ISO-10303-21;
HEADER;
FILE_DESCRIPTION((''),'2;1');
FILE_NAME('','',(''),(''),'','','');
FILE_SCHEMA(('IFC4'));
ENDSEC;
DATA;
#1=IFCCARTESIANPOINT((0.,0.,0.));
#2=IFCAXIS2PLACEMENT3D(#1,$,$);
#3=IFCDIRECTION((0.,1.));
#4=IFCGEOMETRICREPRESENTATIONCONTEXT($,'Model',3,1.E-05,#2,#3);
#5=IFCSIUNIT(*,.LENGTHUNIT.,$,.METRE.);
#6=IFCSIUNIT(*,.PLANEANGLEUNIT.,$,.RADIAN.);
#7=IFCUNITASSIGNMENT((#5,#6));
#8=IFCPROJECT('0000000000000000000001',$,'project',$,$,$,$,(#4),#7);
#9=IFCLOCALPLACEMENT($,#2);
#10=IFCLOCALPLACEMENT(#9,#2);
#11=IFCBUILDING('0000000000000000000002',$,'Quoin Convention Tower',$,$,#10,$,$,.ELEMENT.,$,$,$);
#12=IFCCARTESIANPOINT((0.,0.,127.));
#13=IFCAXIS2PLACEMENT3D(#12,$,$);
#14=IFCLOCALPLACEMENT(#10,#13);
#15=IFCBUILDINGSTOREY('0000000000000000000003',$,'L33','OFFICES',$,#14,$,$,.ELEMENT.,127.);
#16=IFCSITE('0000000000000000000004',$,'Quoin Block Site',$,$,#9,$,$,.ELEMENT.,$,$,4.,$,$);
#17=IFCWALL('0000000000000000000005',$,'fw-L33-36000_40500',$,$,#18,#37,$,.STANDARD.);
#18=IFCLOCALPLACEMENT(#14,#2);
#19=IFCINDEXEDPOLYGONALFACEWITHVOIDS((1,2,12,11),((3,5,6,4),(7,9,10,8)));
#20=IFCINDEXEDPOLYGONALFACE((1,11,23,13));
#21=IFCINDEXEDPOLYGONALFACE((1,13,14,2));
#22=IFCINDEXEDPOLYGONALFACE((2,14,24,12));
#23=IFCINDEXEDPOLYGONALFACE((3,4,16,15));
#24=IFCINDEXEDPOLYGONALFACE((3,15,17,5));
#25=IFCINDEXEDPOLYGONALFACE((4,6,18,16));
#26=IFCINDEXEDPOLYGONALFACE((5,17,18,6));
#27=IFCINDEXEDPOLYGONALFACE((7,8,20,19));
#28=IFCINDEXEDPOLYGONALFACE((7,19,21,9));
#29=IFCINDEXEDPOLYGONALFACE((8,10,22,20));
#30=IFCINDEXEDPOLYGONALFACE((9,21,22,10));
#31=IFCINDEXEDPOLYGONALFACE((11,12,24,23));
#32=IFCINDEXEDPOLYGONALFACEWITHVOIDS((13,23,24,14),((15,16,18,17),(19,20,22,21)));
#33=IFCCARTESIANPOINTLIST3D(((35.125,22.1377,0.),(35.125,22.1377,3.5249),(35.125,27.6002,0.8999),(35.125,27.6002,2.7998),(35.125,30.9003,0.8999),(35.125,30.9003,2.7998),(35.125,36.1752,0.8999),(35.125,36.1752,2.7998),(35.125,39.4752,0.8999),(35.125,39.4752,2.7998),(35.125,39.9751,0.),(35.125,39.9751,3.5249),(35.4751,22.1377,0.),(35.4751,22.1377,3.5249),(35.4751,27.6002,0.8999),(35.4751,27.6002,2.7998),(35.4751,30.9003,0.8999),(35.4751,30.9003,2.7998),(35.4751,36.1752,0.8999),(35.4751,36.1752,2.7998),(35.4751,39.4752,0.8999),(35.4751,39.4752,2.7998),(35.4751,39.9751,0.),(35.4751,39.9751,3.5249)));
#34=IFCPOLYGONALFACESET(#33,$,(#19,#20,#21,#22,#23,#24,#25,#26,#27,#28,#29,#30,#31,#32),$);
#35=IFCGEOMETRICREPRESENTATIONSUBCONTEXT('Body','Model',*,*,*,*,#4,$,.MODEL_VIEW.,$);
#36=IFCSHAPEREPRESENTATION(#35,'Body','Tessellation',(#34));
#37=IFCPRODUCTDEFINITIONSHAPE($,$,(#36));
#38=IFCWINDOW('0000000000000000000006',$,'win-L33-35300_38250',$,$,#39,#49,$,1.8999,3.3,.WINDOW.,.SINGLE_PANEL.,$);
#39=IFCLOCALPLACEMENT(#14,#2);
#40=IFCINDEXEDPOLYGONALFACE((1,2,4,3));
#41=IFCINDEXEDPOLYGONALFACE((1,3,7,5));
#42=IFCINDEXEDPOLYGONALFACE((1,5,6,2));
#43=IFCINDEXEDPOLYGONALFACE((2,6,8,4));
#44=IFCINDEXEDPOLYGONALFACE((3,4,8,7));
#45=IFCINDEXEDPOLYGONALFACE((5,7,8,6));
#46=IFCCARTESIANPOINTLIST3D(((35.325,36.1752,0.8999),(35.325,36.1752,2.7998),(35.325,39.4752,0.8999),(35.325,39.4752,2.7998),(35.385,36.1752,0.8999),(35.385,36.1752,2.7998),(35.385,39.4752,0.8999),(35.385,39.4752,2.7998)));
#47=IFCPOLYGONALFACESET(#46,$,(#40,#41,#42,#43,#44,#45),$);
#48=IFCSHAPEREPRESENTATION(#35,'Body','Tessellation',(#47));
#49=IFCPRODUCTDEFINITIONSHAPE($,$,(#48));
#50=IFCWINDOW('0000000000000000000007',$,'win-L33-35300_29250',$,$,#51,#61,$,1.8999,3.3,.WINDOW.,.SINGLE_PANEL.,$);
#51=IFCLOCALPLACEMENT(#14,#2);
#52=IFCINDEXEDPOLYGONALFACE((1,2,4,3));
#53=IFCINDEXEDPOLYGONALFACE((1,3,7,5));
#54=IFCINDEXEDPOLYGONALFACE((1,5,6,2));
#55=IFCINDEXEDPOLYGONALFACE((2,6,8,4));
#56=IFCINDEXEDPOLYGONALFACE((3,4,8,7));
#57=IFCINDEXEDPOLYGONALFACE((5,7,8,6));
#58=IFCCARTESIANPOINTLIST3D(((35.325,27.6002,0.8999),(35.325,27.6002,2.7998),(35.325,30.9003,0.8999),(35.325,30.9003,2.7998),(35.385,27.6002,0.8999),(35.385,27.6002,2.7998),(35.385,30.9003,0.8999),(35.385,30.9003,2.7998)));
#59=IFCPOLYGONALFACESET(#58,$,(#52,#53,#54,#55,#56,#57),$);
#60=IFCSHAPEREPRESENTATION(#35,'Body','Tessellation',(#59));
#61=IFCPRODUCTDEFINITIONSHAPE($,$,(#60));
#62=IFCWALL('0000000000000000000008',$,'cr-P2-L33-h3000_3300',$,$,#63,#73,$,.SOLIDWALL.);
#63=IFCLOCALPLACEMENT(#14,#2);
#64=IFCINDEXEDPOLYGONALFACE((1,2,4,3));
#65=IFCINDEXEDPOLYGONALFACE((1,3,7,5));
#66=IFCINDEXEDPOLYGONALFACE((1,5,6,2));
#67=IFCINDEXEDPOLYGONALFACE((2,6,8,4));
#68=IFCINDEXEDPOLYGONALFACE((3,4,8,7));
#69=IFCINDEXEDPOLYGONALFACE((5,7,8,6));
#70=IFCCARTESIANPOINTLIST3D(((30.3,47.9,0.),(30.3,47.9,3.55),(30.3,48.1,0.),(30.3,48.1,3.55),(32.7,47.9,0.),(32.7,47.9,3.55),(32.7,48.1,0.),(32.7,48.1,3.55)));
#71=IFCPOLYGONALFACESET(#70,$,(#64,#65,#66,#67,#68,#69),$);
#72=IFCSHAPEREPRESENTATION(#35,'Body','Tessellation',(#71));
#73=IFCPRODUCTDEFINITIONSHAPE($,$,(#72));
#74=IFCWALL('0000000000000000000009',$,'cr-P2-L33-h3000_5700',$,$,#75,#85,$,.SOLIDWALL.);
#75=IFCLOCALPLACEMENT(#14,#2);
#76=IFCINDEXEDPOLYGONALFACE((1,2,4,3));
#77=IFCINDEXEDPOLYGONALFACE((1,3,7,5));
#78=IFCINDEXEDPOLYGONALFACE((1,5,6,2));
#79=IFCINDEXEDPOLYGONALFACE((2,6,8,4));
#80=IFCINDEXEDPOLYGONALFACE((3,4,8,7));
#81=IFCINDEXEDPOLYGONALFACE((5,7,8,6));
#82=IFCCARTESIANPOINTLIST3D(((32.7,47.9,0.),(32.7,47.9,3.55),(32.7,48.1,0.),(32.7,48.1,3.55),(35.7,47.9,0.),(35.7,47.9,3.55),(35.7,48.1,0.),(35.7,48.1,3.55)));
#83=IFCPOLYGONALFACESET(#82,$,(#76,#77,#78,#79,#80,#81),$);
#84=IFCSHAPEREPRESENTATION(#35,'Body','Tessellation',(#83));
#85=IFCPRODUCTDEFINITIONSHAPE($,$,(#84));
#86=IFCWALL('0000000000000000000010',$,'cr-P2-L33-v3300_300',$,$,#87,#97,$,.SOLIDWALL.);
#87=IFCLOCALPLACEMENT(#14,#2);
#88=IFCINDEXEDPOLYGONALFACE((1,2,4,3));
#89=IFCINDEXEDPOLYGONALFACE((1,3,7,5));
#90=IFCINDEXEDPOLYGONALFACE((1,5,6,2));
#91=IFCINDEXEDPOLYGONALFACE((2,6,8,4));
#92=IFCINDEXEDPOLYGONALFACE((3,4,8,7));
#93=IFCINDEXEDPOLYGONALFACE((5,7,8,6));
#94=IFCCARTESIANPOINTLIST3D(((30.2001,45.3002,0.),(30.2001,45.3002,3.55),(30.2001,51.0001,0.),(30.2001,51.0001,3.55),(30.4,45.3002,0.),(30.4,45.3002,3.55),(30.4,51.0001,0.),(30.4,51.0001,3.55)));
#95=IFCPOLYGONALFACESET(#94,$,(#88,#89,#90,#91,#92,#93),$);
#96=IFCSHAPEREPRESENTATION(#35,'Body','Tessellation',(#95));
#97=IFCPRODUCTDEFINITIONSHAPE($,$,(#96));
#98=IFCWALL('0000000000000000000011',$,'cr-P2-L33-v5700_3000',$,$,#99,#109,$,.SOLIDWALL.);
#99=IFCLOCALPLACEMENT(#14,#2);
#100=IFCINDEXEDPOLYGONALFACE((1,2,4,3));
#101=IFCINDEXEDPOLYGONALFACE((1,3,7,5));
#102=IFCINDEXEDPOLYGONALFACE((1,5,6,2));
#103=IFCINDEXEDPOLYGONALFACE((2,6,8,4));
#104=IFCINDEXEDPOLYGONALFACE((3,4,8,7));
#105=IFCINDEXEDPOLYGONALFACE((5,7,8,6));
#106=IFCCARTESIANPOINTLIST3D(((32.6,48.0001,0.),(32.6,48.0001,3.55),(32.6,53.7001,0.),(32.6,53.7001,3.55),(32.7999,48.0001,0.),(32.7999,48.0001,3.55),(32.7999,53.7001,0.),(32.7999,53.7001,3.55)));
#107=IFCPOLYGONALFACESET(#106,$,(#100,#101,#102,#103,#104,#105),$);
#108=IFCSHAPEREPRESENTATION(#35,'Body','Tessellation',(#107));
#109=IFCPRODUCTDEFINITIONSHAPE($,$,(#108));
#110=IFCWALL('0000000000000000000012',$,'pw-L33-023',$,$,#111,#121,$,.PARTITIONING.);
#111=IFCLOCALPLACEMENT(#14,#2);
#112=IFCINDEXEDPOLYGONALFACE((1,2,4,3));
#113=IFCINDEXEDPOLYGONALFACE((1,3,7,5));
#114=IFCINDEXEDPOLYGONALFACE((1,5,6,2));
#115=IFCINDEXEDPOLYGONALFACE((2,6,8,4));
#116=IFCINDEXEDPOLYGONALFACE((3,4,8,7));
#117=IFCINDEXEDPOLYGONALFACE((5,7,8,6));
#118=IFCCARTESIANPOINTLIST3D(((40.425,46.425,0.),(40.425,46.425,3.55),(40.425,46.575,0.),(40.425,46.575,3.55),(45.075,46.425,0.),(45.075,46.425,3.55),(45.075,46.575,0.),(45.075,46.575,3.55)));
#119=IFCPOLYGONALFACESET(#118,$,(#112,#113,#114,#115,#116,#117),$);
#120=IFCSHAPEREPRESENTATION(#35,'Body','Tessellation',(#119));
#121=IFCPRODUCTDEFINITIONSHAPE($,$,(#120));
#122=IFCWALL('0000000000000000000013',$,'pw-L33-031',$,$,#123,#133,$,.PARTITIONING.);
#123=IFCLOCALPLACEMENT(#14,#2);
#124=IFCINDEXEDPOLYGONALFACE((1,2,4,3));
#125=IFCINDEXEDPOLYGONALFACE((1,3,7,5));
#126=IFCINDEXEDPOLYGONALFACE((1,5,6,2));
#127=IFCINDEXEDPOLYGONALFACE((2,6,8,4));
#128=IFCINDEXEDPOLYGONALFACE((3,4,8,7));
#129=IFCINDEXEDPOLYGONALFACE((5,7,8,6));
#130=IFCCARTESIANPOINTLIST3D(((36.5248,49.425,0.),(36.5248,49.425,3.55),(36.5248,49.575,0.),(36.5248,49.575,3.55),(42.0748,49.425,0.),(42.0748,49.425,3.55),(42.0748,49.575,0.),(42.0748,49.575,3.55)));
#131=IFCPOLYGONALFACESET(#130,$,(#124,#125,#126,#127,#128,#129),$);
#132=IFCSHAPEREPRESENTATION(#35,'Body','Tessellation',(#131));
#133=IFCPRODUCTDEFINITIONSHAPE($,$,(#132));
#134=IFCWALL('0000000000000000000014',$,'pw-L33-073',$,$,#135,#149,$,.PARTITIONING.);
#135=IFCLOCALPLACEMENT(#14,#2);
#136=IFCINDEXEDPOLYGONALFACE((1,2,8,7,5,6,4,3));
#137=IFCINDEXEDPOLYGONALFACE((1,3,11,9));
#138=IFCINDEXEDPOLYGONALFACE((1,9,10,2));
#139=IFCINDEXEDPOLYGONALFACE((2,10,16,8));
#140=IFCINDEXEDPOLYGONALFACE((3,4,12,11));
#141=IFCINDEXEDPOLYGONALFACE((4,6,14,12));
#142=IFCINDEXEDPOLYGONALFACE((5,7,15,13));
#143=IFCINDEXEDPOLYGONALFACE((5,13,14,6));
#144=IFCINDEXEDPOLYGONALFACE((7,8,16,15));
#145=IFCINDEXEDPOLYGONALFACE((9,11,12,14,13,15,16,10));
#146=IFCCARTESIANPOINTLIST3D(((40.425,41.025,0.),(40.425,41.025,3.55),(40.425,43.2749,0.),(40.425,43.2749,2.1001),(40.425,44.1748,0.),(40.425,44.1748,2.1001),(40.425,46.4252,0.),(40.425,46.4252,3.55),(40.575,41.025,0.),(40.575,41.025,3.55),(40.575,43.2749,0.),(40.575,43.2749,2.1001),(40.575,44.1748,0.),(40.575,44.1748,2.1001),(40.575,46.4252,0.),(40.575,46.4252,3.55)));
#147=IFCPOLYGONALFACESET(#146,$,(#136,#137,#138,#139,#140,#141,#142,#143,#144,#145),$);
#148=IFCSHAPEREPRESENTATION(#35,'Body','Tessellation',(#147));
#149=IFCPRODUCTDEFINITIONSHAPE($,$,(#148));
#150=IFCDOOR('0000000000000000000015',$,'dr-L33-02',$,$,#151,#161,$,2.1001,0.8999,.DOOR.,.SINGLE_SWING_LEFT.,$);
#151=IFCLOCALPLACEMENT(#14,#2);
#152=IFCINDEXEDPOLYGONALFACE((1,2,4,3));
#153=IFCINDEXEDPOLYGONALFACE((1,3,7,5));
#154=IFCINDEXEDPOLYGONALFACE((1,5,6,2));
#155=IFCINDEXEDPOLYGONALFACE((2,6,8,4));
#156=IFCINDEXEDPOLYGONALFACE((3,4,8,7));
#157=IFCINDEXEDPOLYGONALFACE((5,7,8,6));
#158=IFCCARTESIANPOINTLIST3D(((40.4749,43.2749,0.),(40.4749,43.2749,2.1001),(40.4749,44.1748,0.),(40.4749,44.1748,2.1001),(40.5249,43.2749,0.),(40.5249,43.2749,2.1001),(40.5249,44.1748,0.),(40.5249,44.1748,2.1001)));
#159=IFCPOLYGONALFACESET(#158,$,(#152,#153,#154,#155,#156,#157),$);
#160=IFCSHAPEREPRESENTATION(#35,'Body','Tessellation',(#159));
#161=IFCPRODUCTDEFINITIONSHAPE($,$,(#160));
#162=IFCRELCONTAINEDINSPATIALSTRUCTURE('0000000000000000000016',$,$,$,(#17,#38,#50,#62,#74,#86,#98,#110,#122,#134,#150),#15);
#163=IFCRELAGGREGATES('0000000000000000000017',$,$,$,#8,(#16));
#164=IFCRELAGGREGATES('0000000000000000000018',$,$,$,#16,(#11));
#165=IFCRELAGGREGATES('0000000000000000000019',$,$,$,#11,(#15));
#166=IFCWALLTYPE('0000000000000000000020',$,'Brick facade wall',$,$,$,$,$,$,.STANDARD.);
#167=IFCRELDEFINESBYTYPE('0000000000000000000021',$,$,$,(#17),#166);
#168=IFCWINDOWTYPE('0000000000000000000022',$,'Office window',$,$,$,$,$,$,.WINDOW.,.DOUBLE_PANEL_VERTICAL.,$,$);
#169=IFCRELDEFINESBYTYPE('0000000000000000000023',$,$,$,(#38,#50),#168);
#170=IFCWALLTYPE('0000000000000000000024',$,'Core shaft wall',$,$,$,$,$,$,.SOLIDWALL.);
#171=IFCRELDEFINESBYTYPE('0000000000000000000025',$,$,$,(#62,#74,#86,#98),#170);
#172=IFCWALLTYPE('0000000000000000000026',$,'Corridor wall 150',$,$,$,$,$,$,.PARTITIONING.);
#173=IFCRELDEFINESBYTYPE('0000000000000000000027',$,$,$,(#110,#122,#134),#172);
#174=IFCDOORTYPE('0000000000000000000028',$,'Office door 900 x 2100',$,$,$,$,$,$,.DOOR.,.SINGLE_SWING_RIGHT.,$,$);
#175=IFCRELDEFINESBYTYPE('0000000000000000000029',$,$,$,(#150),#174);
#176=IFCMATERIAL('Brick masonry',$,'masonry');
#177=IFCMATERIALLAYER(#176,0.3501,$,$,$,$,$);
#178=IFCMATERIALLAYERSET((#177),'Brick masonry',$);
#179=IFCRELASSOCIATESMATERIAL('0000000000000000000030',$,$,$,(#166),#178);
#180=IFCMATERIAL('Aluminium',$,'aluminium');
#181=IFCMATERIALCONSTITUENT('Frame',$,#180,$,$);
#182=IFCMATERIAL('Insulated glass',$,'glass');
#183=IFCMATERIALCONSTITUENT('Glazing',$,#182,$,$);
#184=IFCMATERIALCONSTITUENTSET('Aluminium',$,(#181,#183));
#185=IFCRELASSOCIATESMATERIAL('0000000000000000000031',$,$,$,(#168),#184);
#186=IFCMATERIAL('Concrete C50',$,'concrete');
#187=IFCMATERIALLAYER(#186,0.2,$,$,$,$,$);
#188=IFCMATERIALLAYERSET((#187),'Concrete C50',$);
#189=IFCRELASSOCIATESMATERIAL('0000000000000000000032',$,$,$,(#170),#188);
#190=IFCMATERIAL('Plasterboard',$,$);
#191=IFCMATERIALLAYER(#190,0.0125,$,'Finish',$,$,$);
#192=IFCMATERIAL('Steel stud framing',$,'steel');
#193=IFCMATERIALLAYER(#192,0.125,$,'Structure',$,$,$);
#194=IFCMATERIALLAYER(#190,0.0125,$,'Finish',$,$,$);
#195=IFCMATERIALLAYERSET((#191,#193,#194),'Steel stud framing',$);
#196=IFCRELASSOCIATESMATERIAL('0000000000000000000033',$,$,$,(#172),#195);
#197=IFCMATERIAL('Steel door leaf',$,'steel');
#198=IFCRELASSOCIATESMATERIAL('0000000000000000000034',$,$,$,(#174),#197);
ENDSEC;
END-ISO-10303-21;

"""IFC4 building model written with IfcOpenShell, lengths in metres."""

from ifc_helpers import new_model, si_unit, direction, frame, frame_2d, origin, place, context, subcontext, project, spatial, rectangle, extrude, material, layer, layer_set, constituent, constituent_set, type_object, element, fill, save


model = new_model("IFC4")

# Units and contexts
model_context = context("Model", 3, precision=1e-05, world=origin(), true_north=direction((0.0, 1.0)))
body_context = subcontext(model_context, "Body", "Model", "MODEL_VIEW")
ifc_project = project(units=[si_unit("LENGTHUNIT", "METRE"), si_unit("PLANEANGLEUNIT", "RADIAN")], contexts=[model_context])

# Site, building, storey
site_placement = place(None, origin())
site = spatial("IfcSite", under=ifc_project, at=site_placement, Name="Quoin Block Site", CompositionType="ELEMENT", RefElevation=4.0)
building_placement = place(site_placement, origin())
building = spatial("IfcBuilding", under=site, at=building_placement, Name="Quoin Convention Tower", CompositionType="ELEMENT")
storey_placement = place(building_placement, frame((0.0, 0.0, 127.0)))
storey = spatial("IfcBuildingStorey", under=building, at=storey_placement, Name="L33", Description="OFFICES", CompositionType="ELEMENT", Elevation=127.0)

# Wall, openings, windows
ifc_material_1 = material(Name="Brick masonry", Category="masonry")
ifc_layer_1 = layer(ifc_material_1, 0.3501)
ifc_layer_set_1 = layer_set([ifc_layer_1], Name="Brick masonry")
wall_type_1 = type_object("IfcWallType", Name="Brick facade wall", PredefinedType="STANDARD", material=ifc_layer_set_1)
wall_1_placement = place(storey_placement, frame((35.3, 39.9751, 0.0), z_axis=(0.0, 0.0, 1.0), x_axis=(0.0, -1.0, 0.0)))
wall_1 = element("IfcWall", 1, at=wall_1_placement, inside=storey, type_object=wall_type_1, Name="fw-L33-36000_40500", PredefinedType="STANDARD", context=body_context, shape_type="SweptSolid", body=[
    extrude(rectangle(XDim=17.8374, YDim=0.3501, at=frame_2d((8.9187, 0.0))), origin(), (0.0, 0.0, 1.0), 3.5249),
])
opening_1_placement = place(wall_1_placement, frame((0.5, 0.0, 0.8999)))
opening_1 = element("IfcOpeningElement", 2, at=opening_1_placement, cuts=wall_1, PredefinedType="OPENING", context=body_context, shape_type="SweptSolid", body=[
    extrude(rectangle(XDim=3.3, YDim=1.8999, at=frame_2d((1.6499, 0.95))), frame((0.0, 0.1851, 0.0), z_axis=(0.0, -1.0, 0.0), x_axis=(1.0, 0.0, 0.0)), (0.0, 0.0, 1.0), 0.3701),
])
opening_2_placement = place(wall_1_placement, frame((9.075, 0.0, 0.8999)))
opening_2 = element("IfcOpeningElement", 3, at=opening_2_placement, cuts=wall_1, PredefinedType="OPENING", context=body_context, shape_type="SweptSolid", body=[
    extrude(rectangle(XDim=3.3, YDim=1.8999, at=frame_2d((1.6499, 0.95))), frame((0.0, 0.1851, 0.0), z_axis=(0.0, -1.0, 0.0), x_axis=(1.0, 0.0, 0.0)), (0.0, 0.0, 1.0), 0.3701),
])
ifc_material_2 = material(Name="Aluminium", Category="aluminium")
ifc_constituent_1 = constituent(ifc_material_2, Name="Frame")
ifc_material_3 = material(Name="Insulated glass", Category="glass")
ifc_constituent_2 = constituent(ifc_material_3, Name="Glazing")
ifc_constituent_set = constituent_set(constituents=[ifc_constituent_1, ifc_constituent_2], Name="Aluminium")
window_type = type_object("IfcWindowType", Name="Office window", PartitioningType="DOUBLE_PANEL_VERTICAL", PredefinedType="WINDOW", material=ifc_constituent_set)
window_1_placement = place(opening_1_placement, origin())
window_1 = element("IfcWindow", 4, at=window_1_placement, inside=storey, type_object=window_type, Name="win-L33-35300_38250", OverallHeight=1.8999, OverallWidth=3.3, PartitioningType="SINGLE_PANEL", PredefinedType="WINDOW", context=body_context, shape_type="SweptSolid", body=[
    extrude(rectangle(XDim=3.3, YDim=1.8999, at=frame_2d((1.6499, 0.95))), frame((0.0, 0.085, 0.0), z_axis=(0.0, -1.0, 0.0), x_axis=(1.0, 0.0, 0.0)), (0.0, 0.0, 1.0), 0.0601),
])
fill(opening_1, window_1)
window_2_placement = place(opening_2_placement, origin())
window_2 = element("IfcWindow", 5, at=window_2_placement, inside=storey, type_object=window_type, Name="win-L33-35300_29250", OverallHeight=1.8999, OverallWidth=3.3, PartitioningType="SINGLE_PANEL", PredefinedType="WINDOW", context=body_context, shape_type="SweptSolid", body=[
    extrude(rectangle(XDim=3.3, YDim=1.8999, at=frame_2d((1.6499, 0.95))), frame((0.0, 0.085, 0.0), z_axis=(0.0, -1.0, 0.0), x_axis=(1.0, 0.0, 0.0)), (0.0, 0.0, 1.0), 0.0601),
])
fill(opening_2, window_2)

# Walls
ifc_material_4 = material(Name="Concrete C50", Category="concrete")
ifc_layer_2 = layer(ifc_material_4, 0.2)
ifc_layer_set_2 = layer_set([ifc_layer_2], Name="Concrete C50")
wall_type_2 = type_object("IfcWallType", Name="Core shaft wall", PredefinedType="SOLIDWALL", material=ifc_layer_set_2)
wall_2_placement = place(storey_placement, frame((30.3, 48.0, 0.0), z_axis=(0.0, 0.0, 1.0), x_axis=(1.0, 0.0, 0.0)))
element("IfcWall", 6, at=wall_2_placement, inside=storey, type_object=wall_type_2, Name="cr-P2-L33-h3000_3300", PredefinedType="SOLIDWALL", context=body_context, shape_type="SweptSolid", body=[
    extrude(rectangle(XDim=2.3999, YDim=0.2, at=frame_2d((1.2, 0.0))), origin(), (0.0, 0.0, 1.0), 3.55),
])
wall_3_placement = place(storey_placement, frame((32.7, 48.0, 0.0), z_axis=(0.0, 0.0, 1.0), x_axis=(1.0, 0.0, 0.0)))
element("IfcWall", 7, at=wall_3_placement, inside=storey, type_object=wall_type_2, Name="cr-P2-L33-h3000_5700", PredefinedType="SOLIDWALL", context=body_context, shape_type="SweptSolid", body=[
    extrude(rectangle(XDim=3.0, YDim=0.2, at=frame_2d((1.5, 0.0))), origin(), (0.0, 0.0, 1.0), 3.55),
])
for number, where, z_axis, x_axis, name in (
    (8, (30.3, 45.3, 0.0), (0.0, 0.0, 1.0), (0.0, 1.0, 0.0), "cr-P2-L33-v3300_300"),
    (9, (32.7, 48.0, 0.0), (0.0, 0.0, 1.0), (0.0, 1.0, 0.0), "cr-P2-L33-v5700_3000"),
):
    element("IfcWall", number, at=place(storey_placement, frame(where, z_axis=z_axis, x_axis=x_axis)), inside=storey, type_object=wall_type_2, Name=name, PredefinedType="SOLIDWALL", context=body_context, shape_type="SweptSolid", body=[
        extrude(rectangle(XDim=5.7, YDim=0.2, at=frame_2d((2.8501, 0.0))), origin(), (0.0, 0.0, 1.0), 3.55),
    ])
ifc_material_5 = material(Name="Plasterboard")
ifc_layer_3 = layer(ifc_material_5, 0.0125, Name="Finish")
ifc_material_6 = material(Name="Steel stud framing", Category="steel")
ifc_layer_4 = layer(ifc_material_6, 0.125, Name="Structure")
ifc_layer_5 = layer(ifc_material_5, 0.0125, Name="Finish")
ifc_layer_set_3 = layer_set([ifc_layer_3, ifc_layer_4, ifc_layer_5], Name="Steel stud framing")
wall_type_3 = type_object("IfcWallType", Name="Corridor wall 150", PredefinedType="PARTITIONING", material=ifc_layer_set_3)
wall_4_placement = place(storey_placement, frame((40.425, 46.5, 0.0), z_axis=(0.0, 0.0, 1.0), x_axis=(1.0, 0.0, 0.0)))
element("IfcWall", 10, at=wall_4_placement, inside=storey, type_object=wall_type_3, Name="pw-L33-023", PredefinedType="PARTITIONING", context=body_context, shape_type="SweptSolid", body=[
    extrude(rectangle(XDim=4.6499, YDim=0.1499, at=frame_2d((2.325, 0.0))), origin(), (0.0, 0.0, 1.0), 3.55),
])
wall_5_placement = place(storey_placement, frame((36.5249, 49.5, 0.0), z_axis=(0.0, 0.0, 1.0), x_axis=(1.0, 0.0, 0.0)))
element("IfcWall", 11, at=wall_5_placement, inside=storey, type_object=wall_type_3, Name="pw-L33-031", PredefinedType="PARTITIONING", context=body_context, shape_type="SweptSolid", body=[
    extrude(rectangle(XDim=5.55, YDim=0.1499, at=frame_2d((2.7749, 0.0))), origin(), (0.0, 0.0, 1.0), 3.55),
])

# Wall, opening, door
wall_6_placement = place(storey_placement, frame((40.5, 41.0249, 0.0), z_axis=(0.0, 0.0, 1.0), x_axis=(0.0, 1.0, 0.0)))
wall_6 = element("IfcWall", 12, at=wall_6_placement, inside=storey, type_object=wall_type_3, Name="pw-L33-073", PredefinedType="PARTITIONING", context=body_context, shape_type="SweptSolid", body=[
    extrude(rectangle(XDim=5.4001, YDim=0.1499, at=frame_2d((2.7002, 0.0))), origin(), (0.0, 0.0, 1.0), 3.55),
])
opening_3_placement = place(wall_6_placement, frame((2.25, 0.0, 0.0)))
opening_3 = element("IfcOpeningElement", 13, at=opening_3_placement, cuts=wall_6, PredefinedType="OPENING", context=body_context, shape_type="SweptSolid", body=[
    extrude(rectangle(XDim=0.8999, YDim=2.1001, at=frame_2d((0.45, 1.05))), frame((0.0, 0.085, 0.0), z_axis=(0.0, -1.0, 0.0), x_axis=(1.0, 0.0, 0.0)), (0.0, 0.0, 1.0), 0.1699),
])
ifc_material_7 = material(Name="Steel door leaf", Category="steel")
door_type_1 = type_object("IfcDoorType", Name="Office door 900 x 2100", OperationType="SINGLE_SWING_RIGHT", PredefinedType="DOOR", material=ifc_material_7)
door_1_placement = place(opening_3_placement, frame((0.8999, 0.0, 0.0), z_axis=(0.0, 0.0, 1.0), x_axis=(-1.0, 0.0, 0.0)))
door_1 = element("IfcDoor", 14, at=door_1_placement, inside=storey, type_object=door_type_1, Name="dr-L33-02", OperationType="SINGLE_SWING_LEFT", OverallHeight=2.1001, OverallWidth=0.8999, PredefinedType="DOOR", context=body_context, shape_type="SweptSolid", body=[
    extrude(rectangle(XDim=0.8999, YDim=2.1001, at=frame_2d((0.45, 1.05))), frame((0.0, 0.0249, 0.0), z_axis=(0.0, -1.0, 0.0), x_axis=(1.0, 0.0, 0.0)), (0.0, 0.0, 1.0), 0.05),
])
fill(opening_3, door_1)

save(model, "model.ifc")
